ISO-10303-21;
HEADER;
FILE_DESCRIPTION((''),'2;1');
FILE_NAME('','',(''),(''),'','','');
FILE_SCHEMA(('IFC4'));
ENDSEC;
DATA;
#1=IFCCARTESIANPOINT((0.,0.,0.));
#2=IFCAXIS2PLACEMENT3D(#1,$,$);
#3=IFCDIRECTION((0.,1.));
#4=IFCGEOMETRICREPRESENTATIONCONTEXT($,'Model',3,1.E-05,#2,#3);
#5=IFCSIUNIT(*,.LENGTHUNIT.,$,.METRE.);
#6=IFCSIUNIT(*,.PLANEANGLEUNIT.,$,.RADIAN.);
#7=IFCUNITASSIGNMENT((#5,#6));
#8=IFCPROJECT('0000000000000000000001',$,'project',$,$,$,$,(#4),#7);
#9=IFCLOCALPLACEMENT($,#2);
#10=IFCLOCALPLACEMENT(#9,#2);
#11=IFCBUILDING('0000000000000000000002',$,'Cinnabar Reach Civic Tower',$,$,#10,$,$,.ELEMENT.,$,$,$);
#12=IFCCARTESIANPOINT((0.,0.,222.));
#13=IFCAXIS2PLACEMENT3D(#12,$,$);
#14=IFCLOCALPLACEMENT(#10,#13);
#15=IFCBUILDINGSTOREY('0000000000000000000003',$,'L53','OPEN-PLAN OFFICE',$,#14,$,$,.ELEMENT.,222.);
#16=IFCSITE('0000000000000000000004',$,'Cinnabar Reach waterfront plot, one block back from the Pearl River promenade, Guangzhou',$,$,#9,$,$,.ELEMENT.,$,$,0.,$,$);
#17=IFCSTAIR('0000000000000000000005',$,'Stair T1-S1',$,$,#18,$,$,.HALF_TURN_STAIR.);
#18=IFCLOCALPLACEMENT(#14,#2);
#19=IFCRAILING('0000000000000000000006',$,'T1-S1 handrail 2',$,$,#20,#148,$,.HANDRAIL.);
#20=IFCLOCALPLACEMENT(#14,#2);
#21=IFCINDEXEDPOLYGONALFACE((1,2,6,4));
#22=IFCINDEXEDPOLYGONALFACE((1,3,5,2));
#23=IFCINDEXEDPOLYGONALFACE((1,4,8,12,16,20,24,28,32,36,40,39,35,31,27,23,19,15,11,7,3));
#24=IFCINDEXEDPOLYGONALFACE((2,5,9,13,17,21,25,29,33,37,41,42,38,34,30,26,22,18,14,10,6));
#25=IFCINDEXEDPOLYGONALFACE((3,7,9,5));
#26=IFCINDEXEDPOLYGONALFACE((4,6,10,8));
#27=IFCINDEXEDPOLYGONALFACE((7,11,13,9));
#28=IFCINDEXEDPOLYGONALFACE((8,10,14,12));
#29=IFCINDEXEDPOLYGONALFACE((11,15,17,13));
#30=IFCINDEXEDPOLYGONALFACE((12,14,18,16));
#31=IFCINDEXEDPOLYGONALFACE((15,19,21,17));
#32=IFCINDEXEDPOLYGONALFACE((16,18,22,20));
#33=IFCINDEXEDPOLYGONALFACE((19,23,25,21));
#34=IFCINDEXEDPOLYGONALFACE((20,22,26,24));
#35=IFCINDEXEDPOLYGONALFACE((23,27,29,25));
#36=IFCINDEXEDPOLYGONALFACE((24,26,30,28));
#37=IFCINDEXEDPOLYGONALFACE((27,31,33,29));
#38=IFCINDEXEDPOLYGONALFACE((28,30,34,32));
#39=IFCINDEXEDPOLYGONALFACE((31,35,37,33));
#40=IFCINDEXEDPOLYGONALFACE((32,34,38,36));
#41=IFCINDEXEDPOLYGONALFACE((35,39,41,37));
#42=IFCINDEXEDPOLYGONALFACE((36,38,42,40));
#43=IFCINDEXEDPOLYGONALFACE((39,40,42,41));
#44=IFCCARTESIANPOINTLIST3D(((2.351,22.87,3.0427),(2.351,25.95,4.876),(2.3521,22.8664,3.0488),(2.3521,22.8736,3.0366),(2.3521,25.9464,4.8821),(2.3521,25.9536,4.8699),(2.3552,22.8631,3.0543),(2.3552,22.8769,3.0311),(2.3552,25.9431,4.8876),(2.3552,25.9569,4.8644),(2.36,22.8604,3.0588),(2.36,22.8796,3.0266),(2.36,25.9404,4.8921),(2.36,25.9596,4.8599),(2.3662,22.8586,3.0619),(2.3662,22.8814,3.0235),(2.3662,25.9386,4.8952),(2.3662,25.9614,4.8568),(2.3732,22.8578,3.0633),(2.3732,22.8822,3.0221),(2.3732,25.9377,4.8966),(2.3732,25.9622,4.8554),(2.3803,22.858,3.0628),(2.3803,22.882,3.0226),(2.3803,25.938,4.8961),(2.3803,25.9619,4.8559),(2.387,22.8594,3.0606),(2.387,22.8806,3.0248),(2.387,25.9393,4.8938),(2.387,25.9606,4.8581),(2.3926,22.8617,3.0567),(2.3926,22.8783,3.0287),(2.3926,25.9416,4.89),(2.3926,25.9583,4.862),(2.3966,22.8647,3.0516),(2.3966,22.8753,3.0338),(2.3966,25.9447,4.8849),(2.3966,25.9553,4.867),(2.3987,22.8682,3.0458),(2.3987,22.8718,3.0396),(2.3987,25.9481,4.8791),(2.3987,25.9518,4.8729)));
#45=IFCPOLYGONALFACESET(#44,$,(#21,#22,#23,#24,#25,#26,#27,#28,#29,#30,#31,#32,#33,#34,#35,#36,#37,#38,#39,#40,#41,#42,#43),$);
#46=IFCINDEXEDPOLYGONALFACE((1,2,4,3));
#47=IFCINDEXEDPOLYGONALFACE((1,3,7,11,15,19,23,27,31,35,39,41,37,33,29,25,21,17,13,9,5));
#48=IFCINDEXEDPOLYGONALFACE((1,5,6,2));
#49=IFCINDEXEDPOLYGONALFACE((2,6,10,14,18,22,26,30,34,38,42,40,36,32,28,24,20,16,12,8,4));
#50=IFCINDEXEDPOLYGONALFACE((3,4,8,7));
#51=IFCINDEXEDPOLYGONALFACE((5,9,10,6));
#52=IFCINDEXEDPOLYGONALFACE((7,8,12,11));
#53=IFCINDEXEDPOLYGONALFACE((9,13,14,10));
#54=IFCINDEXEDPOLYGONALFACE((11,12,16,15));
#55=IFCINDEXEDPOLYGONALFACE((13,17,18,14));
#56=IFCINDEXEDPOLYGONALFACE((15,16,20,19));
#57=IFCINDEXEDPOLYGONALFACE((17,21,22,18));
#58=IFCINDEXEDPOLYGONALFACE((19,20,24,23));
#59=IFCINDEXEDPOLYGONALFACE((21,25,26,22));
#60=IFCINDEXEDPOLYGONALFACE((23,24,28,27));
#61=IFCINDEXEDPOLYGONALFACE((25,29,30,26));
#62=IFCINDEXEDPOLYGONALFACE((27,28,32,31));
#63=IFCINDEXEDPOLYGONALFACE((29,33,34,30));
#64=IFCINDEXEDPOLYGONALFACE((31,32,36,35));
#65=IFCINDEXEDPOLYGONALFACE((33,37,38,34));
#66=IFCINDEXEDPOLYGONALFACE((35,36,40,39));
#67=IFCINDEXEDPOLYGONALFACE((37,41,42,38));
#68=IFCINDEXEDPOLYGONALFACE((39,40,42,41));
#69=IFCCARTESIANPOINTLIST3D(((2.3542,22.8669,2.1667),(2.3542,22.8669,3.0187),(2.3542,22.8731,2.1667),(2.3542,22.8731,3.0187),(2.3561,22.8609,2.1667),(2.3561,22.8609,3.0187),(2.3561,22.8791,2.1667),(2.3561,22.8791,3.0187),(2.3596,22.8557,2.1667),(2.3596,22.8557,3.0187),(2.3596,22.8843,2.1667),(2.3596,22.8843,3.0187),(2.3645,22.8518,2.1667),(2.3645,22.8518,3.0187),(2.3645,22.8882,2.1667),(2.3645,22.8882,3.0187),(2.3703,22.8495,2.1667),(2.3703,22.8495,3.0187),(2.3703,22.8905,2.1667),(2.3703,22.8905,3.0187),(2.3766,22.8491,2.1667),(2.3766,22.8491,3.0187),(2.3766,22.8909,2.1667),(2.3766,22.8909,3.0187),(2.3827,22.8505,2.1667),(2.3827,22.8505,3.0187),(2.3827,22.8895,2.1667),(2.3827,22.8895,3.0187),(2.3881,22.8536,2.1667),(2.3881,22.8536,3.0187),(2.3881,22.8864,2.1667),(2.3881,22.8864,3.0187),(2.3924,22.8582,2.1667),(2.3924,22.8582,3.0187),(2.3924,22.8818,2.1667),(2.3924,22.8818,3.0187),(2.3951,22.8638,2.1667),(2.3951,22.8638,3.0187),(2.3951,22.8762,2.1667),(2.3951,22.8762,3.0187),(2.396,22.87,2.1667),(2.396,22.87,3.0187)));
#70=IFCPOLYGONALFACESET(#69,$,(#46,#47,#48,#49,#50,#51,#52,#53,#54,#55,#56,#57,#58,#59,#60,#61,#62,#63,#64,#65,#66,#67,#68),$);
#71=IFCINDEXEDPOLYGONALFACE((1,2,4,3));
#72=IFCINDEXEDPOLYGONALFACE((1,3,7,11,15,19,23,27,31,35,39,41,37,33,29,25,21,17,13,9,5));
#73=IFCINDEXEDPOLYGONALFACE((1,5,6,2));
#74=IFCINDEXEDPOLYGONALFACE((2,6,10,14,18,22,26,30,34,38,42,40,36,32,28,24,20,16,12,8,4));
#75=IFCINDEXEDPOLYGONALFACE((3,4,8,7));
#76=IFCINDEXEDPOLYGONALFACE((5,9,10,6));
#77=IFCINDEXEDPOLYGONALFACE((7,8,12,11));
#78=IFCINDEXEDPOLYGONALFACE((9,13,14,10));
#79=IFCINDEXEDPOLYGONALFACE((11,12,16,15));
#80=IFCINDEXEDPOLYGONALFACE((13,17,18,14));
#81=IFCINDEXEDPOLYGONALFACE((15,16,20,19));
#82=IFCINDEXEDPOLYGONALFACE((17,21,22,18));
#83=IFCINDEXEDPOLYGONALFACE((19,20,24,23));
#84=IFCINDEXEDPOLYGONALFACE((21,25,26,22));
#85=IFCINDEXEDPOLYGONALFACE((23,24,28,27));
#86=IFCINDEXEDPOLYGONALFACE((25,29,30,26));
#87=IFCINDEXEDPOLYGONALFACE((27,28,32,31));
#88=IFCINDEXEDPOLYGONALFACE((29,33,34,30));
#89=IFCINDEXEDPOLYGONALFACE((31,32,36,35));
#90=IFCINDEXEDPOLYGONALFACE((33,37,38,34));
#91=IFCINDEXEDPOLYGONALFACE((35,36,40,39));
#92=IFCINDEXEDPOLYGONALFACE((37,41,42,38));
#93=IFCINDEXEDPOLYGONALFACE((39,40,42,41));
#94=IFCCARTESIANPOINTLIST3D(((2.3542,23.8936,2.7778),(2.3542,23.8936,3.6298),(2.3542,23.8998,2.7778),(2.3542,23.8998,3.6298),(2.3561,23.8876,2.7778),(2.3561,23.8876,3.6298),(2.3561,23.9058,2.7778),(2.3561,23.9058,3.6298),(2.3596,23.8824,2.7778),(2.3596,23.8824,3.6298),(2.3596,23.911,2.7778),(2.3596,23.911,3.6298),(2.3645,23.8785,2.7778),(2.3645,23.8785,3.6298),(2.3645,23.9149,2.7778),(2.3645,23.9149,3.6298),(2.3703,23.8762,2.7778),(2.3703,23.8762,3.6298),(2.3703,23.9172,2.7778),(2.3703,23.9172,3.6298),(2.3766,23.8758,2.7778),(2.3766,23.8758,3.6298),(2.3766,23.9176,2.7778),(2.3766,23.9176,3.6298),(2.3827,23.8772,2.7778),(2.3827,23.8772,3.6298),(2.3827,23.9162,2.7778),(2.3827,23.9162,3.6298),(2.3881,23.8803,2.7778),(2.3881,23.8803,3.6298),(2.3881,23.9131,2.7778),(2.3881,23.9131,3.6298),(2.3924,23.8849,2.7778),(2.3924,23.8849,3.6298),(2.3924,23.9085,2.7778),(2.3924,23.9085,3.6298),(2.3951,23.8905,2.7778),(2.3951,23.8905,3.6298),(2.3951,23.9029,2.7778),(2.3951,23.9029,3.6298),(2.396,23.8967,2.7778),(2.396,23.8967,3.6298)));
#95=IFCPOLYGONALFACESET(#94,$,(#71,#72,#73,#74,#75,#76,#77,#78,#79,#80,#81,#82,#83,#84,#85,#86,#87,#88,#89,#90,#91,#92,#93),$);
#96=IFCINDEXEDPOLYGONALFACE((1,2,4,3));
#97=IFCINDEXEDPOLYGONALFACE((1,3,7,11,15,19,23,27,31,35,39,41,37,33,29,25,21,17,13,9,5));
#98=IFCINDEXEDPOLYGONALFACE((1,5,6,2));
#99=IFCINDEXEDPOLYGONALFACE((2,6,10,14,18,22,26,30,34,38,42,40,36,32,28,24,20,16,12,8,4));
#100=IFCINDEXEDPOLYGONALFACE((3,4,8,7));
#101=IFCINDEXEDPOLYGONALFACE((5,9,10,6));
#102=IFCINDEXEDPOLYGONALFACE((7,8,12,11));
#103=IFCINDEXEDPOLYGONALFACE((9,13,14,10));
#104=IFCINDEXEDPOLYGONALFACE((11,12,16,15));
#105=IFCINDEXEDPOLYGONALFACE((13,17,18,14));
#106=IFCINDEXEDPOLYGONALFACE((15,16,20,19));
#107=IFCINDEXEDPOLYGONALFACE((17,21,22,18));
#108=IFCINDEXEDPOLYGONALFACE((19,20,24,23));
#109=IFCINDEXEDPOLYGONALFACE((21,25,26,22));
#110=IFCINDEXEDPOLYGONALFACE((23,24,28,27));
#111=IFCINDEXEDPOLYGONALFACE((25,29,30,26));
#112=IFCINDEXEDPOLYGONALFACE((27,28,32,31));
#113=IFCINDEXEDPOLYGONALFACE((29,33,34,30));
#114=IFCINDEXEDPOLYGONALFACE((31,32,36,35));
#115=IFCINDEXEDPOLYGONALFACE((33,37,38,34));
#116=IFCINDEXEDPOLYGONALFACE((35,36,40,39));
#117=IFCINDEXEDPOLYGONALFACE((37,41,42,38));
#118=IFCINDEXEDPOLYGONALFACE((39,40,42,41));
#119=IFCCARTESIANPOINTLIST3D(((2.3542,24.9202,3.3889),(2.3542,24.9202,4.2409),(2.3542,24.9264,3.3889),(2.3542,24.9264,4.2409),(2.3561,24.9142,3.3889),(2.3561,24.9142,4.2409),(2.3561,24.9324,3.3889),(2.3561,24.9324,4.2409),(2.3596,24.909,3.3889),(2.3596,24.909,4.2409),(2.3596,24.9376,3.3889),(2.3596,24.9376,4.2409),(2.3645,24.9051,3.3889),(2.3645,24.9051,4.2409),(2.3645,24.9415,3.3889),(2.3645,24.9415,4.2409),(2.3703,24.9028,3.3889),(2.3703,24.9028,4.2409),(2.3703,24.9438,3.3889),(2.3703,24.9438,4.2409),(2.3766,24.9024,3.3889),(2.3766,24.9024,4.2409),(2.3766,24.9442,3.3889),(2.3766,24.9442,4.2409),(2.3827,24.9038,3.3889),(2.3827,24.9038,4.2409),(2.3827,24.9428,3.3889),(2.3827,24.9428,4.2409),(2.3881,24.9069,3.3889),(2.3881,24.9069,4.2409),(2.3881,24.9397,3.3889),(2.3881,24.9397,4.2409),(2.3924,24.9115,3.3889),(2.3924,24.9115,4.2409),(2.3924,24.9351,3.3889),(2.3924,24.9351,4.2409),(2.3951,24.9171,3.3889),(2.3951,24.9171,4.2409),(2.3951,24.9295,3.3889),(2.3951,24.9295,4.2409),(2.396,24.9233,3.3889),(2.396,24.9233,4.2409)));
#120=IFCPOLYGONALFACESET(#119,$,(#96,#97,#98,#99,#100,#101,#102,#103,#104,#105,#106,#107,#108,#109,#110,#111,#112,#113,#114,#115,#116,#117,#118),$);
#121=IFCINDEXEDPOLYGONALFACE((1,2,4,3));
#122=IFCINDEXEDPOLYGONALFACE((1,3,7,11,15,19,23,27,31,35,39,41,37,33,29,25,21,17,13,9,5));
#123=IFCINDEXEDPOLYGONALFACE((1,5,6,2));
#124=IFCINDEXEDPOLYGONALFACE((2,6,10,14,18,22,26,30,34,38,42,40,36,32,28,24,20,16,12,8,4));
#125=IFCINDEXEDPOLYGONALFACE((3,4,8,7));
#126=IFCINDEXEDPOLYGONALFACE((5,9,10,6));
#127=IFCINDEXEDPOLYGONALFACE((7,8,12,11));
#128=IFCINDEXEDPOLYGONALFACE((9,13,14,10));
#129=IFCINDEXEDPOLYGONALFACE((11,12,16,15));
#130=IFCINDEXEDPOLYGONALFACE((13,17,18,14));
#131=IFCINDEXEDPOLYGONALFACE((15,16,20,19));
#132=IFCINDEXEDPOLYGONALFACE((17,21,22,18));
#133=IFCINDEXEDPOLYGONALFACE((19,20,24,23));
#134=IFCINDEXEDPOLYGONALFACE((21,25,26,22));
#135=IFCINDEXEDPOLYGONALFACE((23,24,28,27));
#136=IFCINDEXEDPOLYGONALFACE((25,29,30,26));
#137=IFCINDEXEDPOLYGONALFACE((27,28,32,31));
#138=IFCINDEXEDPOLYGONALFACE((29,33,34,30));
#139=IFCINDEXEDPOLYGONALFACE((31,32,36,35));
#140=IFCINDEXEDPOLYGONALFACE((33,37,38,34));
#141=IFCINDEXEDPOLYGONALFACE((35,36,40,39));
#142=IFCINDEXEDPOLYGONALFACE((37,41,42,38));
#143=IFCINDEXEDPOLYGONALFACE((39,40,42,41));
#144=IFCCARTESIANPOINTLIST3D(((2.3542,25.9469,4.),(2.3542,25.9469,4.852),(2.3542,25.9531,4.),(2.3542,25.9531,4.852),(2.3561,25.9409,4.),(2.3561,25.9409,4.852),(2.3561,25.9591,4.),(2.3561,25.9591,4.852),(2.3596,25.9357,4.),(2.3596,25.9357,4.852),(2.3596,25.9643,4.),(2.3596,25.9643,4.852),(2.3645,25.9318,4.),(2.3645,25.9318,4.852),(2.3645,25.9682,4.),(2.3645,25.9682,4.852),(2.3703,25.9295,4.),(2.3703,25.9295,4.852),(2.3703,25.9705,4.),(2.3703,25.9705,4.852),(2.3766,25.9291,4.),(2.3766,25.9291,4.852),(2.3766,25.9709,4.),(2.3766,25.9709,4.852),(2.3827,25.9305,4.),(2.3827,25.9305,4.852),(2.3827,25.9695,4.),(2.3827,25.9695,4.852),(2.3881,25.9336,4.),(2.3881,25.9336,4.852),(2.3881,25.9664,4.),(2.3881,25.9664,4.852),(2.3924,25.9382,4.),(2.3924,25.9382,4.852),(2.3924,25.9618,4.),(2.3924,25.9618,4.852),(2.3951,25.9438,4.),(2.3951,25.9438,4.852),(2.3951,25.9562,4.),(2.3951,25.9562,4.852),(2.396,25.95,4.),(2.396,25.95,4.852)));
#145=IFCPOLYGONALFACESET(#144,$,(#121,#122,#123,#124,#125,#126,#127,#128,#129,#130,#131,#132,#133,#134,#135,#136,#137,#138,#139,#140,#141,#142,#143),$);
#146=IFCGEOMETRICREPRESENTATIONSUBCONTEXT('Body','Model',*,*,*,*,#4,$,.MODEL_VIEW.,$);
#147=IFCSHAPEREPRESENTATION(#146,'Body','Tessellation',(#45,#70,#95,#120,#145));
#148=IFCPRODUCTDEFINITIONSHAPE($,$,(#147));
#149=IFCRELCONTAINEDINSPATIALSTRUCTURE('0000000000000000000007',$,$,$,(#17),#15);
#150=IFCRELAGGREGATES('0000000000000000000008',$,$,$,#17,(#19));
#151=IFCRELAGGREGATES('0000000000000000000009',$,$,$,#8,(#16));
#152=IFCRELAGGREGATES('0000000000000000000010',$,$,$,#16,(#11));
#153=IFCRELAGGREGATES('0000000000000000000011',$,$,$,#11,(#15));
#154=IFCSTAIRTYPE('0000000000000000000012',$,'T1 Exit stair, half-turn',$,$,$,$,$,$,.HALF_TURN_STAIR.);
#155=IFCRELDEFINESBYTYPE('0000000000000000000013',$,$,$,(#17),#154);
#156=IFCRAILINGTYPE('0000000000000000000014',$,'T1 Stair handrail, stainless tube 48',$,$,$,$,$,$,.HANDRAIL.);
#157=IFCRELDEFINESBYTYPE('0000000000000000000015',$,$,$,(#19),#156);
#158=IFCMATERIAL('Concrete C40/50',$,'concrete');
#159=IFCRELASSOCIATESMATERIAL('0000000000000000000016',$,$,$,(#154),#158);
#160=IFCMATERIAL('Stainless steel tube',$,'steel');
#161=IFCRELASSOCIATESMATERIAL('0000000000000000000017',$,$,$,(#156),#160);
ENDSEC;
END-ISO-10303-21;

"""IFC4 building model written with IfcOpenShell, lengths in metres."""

from ifc_helpers import new_model, si_unit, direction, frame, origin, origin_2d, place, context, subcontext, project, spatial, circle, extrude, material, type_object, element, aggregate, save


model = new_model("IFC4")

# Units and contexts
model_context = context("Model", 3, precision=1e-05, world=origin(), true_north=direction((0.0, 1.0)))
body_context = subcontext(model_context, "Body", "Model", "MODEL_VIEW")
ifc_project = project(units=[si_unit("LENGTHUNIT", "METRE"), si_unit("PLANEANGLEUNIT", "RADIAN")], contexts=[model_context])

# Site, building, storey
site_placement = place(None, origin())
site = spatial("IfcSite", under=ifc_project, at=site_placement, Name="Cinnabar Reach waterfront plot, one block back from the Pearl River promenade, Guangzhou", CompositionType="ELEMENT", RefElevation=0.0)
building_placement = place(site_placement, origin())
building = spatial("IfcBuilding", under=site, at=building_placement, Name="Cinnabar Reach Civic Tower", CompositionType="ELEMENT")
storey_placement = place(building_placement, frame((0.0, 0.0, 222.0)))
storey = spatial("IfcBuildingStorey", under=building, at=storey_placement, Name="L53", Description="OPEN-PLAN OFFICE", CompositionType="ELEMENT", Elevation=222.0)

# Shared definitions
ifc_material_1 = material(Name="Concrete C40/50", Category="concrete")

# Stair, railing
stair_type = type_object("IfcStairType", Name="T1 Exit stair, half-turn", PredefinedType="HALF_TURN_STAIR", material=ifc_material_1)
stair_placement = place(storey_placement, origin())
stair = element("IfcStair", 1, at=stair_placement, inside=storey, type_object=stair_type, Name="Stair T1-S1", PredefinedType="HALF_TURN_STAIR")
ifc_material_2 = material(Name="Stainless steel tube", Category="steel")
railing_type = type_object("IfcRailingType", Name="T1 Stair handrail, stainless tube 48", PredefinedType="HANDRAIL", material=ifc_material_2)
railing_1_placement = place(storey_placement, frame((2.375, 22.87, 2.1667)))
railing_1 = element("IfcRailing", 2, at=railing_1_placement, type_object=railing_type, Name="T1-S1 handrail 2", PredefinedType="HANDRAIL", context=body_context, shape_type="SweptSolid", body=[
    extrude(circle(Radius=0.024, at=origin_2d()), frame((0.0, 0.0, 0.876), z_axis=(0.0, 0.859297, 0.511477), x_axis=(-1.0, 0.0, 0.0)), (0.0, 0.0, 1.0), 3.5843),
    extrude(circle(Radius=0.021, at=origin_2d()), origin(), (0.0, 0.0, 1.0), 0.852),
    extrude(circle(Radius=0.021, at=origin_2d()), frame((0.0, 1.0267, 0.6111)), (0.0, 0.0, 1.0), 0.852),
    extrude(circle(Radius=0.021, at=origin_2d()), frame((0.0, 2.0533, 1.2222)), (0.0, 0.0, 1.0), 0.852),
    extrude(circle(Radius=0.021, at=origin_2d()), frame((0.0, 3.08, 1.8333)), (0.0, 0.0, 1.0), 0.852),
])
aggregate(stair, [railing_1])

save(model, "model.ifc")
